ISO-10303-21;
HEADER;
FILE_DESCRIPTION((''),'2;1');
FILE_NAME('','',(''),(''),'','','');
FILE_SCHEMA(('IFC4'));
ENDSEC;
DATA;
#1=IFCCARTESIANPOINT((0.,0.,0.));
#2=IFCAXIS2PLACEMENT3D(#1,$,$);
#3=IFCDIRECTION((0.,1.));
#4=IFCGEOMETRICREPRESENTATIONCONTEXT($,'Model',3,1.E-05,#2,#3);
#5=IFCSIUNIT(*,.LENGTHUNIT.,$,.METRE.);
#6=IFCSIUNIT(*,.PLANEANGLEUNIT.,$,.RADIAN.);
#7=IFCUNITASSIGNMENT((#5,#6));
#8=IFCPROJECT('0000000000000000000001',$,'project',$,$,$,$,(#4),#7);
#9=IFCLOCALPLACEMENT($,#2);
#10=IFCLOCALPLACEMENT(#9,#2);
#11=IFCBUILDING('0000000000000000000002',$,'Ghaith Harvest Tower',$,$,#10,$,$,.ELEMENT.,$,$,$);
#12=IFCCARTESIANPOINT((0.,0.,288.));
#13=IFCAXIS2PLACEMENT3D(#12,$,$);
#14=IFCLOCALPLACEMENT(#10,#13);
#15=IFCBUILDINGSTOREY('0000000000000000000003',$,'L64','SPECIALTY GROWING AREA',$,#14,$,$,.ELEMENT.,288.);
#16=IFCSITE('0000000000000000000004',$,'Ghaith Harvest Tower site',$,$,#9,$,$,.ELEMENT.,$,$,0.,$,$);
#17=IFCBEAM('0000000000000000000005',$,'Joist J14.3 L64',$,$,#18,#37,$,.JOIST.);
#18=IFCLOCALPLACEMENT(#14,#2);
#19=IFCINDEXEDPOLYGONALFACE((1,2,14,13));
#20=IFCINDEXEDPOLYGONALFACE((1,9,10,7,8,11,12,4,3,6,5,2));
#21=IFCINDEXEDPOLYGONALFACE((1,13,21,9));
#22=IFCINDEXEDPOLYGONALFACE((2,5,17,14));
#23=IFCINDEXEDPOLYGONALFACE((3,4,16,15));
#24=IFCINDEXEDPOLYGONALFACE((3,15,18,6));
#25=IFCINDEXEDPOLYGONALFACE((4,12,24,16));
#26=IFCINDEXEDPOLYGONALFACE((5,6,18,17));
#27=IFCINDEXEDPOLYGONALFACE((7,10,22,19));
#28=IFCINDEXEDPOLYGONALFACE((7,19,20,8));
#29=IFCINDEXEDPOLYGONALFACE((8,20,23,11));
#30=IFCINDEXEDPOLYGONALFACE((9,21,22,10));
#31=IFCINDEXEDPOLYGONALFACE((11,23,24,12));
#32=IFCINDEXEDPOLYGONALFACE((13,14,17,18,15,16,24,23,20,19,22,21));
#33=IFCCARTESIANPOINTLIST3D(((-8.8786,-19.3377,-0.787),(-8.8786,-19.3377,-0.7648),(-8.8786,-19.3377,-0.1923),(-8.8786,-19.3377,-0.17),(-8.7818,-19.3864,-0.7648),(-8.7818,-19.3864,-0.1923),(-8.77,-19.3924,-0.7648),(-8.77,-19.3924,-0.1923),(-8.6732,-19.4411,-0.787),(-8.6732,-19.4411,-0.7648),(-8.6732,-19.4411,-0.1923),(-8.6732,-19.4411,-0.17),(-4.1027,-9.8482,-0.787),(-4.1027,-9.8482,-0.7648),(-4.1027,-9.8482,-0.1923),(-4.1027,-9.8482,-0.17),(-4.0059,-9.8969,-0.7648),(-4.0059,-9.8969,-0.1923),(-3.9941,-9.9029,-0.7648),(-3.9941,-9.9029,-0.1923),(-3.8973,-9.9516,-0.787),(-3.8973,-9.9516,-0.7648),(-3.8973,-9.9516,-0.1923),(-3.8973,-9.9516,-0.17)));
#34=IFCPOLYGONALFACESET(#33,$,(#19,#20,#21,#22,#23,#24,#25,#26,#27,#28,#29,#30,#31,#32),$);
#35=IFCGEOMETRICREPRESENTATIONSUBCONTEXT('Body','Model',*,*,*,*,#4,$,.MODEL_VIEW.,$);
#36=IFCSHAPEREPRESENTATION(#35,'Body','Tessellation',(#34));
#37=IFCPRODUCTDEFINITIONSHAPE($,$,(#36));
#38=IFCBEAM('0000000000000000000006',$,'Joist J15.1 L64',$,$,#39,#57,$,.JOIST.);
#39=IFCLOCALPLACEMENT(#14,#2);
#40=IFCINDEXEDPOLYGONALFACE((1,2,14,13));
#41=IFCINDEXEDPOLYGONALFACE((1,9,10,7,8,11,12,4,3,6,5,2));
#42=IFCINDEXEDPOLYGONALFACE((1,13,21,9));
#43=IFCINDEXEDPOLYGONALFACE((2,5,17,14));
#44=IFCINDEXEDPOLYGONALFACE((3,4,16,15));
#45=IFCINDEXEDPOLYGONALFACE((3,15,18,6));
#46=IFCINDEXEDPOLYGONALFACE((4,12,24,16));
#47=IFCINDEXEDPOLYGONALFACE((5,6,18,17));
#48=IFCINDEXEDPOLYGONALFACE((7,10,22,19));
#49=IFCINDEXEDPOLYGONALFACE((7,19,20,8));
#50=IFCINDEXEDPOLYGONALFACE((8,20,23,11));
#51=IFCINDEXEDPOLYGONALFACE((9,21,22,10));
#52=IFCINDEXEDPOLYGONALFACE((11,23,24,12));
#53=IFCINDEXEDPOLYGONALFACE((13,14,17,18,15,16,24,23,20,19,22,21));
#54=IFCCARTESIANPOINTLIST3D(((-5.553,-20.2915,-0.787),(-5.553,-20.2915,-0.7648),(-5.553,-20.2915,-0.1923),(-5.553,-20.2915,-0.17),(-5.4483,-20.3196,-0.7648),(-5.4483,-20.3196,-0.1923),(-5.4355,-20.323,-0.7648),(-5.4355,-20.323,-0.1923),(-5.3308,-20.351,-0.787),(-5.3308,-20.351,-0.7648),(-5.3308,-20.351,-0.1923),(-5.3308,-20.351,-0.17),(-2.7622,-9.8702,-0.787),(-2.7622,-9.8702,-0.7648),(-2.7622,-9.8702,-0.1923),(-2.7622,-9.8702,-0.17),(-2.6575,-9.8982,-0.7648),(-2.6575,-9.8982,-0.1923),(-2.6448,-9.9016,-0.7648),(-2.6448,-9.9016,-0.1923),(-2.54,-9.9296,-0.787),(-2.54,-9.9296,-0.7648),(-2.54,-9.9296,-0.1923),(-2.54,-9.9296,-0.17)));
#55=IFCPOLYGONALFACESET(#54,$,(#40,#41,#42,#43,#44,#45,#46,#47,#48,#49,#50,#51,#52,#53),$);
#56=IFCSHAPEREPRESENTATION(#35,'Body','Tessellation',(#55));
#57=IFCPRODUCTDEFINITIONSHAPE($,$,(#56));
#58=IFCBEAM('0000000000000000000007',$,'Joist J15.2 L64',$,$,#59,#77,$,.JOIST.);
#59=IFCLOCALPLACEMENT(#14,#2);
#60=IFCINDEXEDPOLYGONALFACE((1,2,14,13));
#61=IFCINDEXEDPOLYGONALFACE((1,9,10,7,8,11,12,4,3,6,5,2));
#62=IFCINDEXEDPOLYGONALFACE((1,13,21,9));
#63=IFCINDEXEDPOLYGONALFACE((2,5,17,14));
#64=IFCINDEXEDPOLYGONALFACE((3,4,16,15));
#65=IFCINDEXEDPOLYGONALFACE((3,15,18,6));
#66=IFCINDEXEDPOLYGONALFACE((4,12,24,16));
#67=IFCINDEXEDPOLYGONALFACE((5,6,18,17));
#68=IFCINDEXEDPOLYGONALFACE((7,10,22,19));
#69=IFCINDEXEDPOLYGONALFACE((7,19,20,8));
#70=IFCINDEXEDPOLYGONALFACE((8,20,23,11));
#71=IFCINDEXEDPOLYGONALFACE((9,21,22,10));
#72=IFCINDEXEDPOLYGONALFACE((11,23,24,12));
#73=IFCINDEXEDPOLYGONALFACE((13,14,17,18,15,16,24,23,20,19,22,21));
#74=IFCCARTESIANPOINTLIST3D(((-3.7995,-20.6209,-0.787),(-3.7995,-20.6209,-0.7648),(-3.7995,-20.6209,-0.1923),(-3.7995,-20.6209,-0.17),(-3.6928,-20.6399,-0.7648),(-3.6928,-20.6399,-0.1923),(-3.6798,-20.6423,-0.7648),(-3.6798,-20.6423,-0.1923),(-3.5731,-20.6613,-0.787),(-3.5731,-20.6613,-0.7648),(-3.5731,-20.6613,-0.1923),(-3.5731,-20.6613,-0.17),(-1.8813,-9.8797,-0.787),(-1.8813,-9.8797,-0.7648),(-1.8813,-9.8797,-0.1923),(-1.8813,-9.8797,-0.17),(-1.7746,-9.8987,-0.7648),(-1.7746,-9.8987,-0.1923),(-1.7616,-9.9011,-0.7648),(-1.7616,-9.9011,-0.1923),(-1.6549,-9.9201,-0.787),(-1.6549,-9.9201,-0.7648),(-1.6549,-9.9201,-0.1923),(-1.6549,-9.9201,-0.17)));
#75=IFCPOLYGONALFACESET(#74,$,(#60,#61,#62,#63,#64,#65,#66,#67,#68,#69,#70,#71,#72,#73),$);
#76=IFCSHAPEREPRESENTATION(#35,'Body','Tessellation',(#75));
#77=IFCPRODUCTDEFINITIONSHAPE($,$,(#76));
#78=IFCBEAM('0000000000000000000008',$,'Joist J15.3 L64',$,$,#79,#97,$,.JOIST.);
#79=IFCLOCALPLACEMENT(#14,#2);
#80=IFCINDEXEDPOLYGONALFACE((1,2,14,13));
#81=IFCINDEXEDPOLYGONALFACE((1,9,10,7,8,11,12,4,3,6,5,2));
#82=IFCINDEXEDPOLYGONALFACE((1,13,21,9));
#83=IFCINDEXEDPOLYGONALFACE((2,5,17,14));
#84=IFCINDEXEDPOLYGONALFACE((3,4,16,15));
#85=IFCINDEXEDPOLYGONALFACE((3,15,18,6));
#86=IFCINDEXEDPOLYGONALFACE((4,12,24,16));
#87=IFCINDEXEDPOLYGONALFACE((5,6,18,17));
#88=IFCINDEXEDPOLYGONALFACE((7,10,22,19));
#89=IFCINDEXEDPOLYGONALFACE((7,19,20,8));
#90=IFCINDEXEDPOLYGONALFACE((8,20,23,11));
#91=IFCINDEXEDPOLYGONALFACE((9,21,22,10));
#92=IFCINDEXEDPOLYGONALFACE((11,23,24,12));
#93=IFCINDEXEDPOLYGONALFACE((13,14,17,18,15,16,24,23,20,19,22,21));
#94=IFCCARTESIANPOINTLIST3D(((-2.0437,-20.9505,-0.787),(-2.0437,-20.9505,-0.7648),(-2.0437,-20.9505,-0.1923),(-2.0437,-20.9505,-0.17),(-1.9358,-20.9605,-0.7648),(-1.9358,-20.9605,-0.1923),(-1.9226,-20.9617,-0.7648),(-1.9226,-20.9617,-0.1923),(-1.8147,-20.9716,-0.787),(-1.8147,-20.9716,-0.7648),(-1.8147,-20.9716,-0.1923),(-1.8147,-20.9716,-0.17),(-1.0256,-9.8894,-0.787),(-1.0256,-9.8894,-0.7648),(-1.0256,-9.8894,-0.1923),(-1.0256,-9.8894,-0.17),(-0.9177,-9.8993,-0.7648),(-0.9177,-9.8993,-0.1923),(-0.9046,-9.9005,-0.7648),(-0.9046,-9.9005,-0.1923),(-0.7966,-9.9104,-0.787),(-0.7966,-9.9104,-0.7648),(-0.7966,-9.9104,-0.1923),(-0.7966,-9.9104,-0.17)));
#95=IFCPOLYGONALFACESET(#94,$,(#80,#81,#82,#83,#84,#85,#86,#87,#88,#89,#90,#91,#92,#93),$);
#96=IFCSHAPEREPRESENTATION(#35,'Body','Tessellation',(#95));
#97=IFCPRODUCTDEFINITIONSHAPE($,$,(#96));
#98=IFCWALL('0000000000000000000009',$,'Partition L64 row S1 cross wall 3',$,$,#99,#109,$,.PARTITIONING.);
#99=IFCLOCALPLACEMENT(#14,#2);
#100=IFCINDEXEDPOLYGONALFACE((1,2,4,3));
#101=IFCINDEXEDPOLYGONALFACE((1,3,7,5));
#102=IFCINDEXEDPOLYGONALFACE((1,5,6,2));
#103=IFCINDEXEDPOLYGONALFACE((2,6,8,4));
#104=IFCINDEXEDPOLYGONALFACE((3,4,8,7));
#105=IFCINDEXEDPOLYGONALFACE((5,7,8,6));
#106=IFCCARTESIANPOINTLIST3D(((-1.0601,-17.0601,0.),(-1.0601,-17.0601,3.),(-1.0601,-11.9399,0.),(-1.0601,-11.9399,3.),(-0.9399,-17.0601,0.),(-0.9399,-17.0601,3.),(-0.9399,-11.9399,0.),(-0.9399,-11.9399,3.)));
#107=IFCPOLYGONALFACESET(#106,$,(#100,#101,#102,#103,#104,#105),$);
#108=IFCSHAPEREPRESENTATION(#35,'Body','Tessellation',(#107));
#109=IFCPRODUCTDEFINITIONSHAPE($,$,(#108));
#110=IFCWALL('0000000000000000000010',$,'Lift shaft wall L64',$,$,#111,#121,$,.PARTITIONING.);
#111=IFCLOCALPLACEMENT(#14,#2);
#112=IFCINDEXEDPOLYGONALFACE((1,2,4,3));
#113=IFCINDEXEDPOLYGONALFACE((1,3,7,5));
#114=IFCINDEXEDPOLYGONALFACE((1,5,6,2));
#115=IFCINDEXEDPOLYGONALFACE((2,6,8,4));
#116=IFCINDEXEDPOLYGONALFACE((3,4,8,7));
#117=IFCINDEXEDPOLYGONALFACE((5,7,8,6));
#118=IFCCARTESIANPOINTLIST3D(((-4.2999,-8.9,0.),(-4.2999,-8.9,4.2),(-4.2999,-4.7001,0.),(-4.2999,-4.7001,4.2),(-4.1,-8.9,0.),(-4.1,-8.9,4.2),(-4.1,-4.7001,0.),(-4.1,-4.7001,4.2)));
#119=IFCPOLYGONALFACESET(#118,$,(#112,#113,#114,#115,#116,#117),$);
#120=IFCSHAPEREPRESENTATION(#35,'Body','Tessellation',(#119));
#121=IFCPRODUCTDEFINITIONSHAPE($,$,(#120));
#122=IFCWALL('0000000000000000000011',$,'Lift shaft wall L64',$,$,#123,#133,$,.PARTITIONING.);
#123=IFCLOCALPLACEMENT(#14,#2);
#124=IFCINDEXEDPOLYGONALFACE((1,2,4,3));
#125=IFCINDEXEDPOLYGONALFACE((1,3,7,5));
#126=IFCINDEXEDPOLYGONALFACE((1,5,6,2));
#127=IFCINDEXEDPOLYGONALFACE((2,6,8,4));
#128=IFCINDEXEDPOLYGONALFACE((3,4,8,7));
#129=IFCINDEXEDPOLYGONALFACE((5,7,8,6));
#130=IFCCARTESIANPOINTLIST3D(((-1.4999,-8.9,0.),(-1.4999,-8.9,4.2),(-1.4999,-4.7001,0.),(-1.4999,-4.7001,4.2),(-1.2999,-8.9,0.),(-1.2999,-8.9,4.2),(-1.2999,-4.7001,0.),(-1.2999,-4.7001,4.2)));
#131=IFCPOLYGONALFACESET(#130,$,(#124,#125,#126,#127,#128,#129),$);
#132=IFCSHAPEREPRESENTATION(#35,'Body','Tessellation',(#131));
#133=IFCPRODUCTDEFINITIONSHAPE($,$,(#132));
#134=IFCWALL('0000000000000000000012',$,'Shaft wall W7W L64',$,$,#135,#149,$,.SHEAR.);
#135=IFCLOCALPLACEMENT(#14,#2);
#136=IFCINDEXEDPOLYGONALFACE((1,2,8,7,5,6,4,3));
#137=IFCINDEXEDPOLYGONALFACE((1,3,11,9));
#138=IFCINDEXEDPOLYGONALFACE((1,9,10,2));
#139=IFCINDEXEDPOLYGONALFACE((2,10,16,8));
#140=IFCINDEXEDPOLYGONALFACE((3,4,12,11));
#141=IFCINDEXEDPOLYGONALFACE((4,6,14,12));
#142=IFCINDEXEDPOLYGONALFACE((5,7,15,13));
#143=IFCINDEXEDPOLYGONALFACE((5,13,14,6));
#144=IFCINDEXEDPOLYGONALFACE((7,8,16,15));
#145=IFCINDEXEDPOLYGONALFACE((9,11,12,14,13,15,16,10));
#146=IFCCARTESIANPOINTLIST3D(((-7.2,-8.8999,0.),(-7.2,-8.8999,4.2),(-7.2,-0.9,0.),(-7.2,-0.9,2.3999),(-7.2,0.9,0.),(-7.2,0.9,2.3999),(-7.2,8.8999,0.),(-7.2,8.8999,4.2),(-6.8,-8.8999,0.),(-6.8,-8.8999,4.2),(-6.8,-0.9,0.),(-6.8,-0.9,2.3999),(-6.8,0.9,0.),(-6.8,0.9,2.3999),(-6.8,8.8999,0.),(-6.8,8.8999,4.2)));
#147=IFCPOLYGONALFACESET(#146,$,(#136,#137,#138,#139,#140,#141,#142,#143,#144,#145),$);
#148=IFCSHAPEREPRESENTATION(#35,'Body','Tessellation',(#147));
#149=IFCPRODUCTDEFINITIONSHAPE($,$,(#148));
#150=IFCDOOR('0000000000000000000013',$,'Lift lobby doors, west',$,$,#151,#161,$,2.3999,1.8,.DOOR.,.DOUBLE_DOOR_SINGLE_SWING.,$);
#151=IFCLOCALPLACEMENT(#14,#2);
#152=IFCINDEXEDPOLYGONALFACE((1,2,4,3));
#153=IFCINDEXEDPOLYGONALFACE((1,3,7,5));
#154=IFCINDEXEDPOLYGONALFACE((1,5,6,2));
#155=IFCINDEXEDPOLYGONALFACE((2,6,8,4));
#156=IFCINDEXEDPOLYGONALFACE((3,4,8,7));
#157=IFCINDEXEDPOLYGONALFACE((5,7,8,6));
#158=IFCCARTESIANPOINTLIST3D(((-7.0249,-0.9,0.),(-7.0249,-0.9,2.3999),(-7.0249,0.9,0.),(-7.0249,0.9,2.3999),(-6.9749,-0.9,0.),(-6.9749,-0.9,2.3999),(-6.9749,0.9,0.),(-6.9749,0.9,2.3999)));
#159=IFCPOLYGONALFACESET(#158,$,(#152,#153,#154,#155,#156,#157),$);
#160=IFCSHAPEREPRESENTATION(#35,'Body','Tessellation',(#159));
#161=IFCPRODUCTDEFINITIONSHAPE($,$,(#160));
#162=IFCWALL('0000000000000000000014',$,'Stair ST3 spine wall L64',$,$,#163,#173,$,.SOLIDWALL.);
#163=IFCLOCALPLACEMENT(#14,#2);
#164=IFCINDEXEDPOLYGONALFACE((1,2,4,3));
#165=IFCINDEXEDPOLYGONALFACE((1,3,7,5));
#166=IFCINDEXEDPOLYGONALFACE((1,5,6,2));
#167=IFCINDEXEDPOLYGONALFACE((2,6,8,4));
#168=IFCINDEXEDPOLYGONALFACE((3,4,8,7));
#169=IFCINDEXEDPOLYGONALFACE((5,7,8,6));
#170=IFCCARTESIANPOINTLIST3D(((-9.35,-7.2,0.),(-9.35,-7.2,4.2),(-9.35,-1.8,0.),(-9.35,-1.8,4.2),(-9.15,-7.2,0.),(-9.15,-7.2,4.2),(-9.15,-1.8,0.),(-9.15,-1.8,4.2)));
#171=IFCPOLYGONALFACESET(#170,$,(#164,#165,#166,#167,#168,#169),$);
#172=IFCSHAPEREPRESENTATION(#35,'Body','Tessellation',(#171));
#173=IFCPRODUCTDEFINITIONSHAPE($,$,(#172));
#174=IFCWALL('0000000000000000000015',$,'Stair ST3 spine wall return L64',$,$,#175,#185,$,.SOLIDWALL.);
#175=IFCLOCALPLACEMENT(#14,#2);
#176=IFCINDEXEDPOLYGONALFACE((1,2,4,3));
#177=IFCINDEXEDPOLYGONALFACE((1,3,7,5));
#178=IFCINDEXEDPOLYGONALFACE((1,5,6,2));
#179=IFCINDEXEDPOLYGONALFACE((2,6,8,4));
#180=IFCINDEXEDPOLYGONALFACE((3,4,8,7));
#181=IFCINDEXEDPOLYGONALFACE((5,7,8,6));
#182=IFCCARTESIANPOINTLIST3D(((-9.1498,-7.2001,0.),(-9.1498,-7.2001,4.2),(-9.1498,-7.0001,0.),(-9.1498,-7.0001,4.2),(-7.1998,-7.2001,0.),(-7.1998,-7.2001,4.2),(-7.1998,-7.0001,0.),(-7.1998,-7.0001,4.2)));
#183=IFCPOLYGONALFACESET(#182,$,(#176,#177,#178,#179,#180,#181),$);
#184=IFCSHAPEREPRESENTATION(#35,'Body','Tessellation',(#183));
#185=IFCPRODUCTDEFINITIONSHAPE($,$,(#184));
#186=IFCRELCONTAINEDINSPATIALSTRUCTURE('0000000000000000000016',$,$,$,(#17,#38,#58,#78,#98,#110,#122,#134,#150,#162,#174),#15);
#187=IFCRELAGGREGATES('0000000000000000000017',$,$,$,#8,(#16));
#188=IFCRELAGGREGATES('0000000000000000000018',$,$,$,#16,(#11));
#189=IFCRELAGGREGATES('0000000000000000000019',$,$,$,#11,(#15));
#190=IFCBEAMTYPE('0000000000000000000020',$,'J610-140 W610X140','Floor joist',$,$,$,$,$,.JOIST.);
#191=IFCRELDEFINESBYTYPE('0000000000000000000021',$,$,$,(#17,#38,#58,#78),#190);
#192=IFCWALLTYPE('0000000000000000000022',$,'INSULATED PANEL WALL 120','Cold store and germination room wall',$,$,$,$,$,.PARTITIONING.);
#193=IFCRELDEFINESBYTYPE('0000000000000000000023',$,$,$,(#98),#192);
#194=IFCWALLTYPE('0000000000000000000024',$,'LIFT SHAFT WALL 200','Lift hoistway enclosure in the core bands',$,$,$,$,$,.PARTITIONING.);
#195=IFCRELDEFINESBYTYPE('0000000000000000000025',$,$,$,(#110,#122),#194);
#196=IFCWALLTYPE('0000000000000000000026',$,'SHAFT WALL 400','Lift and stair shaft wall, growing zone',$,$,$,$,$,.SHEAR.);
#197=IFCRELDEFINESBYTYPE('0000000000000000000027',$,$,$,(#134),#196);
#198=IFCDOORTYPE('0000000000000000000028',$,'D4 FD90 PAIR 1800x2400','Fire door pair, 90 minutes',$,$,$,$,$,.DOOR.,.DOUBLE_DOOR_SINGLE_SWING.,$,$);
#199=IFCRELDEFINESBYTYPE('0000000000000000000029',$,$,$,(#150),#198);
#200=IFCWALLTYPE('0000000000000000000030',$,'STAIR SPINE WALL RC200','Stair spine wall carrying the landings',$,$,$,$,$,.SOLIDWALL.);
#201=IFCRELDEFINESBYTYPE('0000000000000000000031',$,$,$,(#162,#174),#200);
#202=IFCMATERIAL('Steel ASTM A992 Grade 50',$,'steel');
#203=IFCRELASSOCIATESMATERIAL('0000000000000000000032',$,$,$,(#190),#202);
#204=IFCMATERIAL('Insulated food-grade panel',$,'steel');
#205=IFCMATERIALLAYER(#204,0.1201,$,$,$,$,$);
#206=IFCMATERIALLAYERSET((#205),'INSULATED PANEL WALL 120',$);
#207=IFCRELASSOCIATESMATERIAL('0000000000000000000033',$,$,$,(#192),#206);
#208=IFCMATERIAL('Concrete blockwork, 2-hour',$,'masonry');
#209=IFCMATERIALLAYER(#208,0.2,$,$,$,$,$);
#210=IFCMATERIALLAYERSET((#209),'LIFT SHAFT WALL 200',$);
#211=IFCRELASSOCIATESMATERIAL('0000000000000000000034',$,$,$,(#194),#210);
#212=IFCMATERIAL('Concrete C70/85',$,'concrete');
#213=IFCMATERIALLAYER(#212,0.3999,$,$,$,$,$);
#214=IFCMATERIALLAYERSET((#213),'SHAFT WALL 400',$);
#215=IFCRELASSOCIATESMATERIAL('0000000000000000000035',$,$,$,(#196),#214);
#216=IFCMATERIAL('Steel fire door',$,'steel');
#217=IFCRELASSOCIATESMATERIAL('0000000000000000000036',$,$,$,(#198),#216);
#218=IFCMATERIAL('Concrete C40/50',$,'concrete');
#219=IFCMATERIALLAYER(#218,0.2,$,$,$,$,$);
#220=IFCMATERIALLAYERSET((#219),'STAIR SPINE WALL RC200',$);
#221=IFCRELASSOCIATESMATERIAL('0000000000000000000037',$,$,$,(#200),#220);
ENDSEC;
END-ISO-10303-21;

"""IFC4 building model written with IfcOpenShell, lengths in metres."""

from ifc_helpers import new_model, si_unit, direction, frame, frame_2d, origin, origin_2d, place, context, subcontext, project, spatial, rectangle, i_section, extrude, material, layer, layer_set, material_profile, profile_set, type_object, element, fill, save


model = new_model("IFC4")

# Units and contexts
model_context = context("Model", 3, precision=1e-05, world=origin(), true_north=direction((0.0, 1.0)))
body_context = subcontext(model_context, "Body", "Model", "MODEL_VIEW")
ifc_project = project(units=[si_unit("LENGTHUNIT", "METRE"), si_unit("PLANEANGLEUNIT", "RADIAN")], contexts=[model_context])

# Site, building, storey
site_placement = place(None, origin())
site = spatial("IfcSite", under=ifc_project, at=site_placement, Name="Ghaith Harvest Tower site", CompositionType="ELEMENT", RefElevation=0.0)
building_placement = place(site_placement, origin())
building = spatial("IfcBuilding", under=site, at=building_placement, Name="Ghaith Harvest Tower", CompositionType="ELEMENT")
storey_placement = place(building_placement, frame((0.0, 0.0, 288.0)))
storey = spatial("IfcBuildingStorey", under=building, at=storey_placement, Name="L64", Description="SPECIALTY GROWING AREA", CompositionType="ELEMENT", Elevation=288.0)

# Beams
ifc_material_1 = material(Name="Steel ASTM A992 Grade 50", Category="steel")
ifc_material_profile_1 = material_profile(ifc_material_1, i_section(OverallWidth=0.23, OverallDepth=0.6169, WebThickness=0.0132, FlangeThickness=0.0222, at=origin_2d()), Name="W610X140")
ifc_profile_set_1 = profile_set([ifc_material_profile_1], Name="Steel ASTM A992 Grade 50")
beam_type_1 = type_object("IfcBeamType", Name="J610-140 W610X140", Description="Floor joist", PredefinedType="JOIST", material=ifc_profile_set_1)
beam_1_placement = place(storey_placement, frame((-4.0, -9.8999, -0.4785), z_axis=(-0.449556, -0.893252, 0.0), x_axis=(0.893252, -0.449556, 0.0)))
element("IfcBeam", 1, at=beam_1_placement, inside=storey, type_object=beam_type_1, Name="Joist J14.3 L64", PredefinedType="JOIST", context=body_context, shape_type="SweptSolid", body=[
    extrude(i_section(OverallWidth=0.23, OverallDepth=0.6169, WebThickness=0.0132, FlangeThickness=0.0222, at=origin_2d()), origin(), (0.0, 0.0, 1.0), 10.6235),
])
beam_2_placement = place(storey_placement, frame((-2.6511, -9.8999, -0.4785), z_axis=(-0.258678, -0.965964, 0.0), x_axis=(0.965964, -0.258678, 0.0)))
element("IfcBeam", 2, at=beam_2_placement, inside=storey, type_object=beam_type_1, Name="Joist J15.1 L64", PredefinedType="JOIST", context=body_context, shape_type="SweptSolid", body=[
    extrude(i_section(OverallWidth=0.23, OverallDepth=0.6169, WebThickness=0.0132, FlangeThickness=0.0222, at=origin_2d()), origin(), (0.0, 0.0, 1.0), 10.7886),
])
beam_3_placement = place(storey_placement, frame((-1.7681, -9.8999, -0.4785), z_axis=(-0.175803, -0.984425, 0.0), x_axis=(0.984425, -0.175803, 0.0)))
element("IfcBeam", 3, at=beam_3_placement, inside=storey, type_object=beam_type_1, Name="Joist J15.2 L64", PredefinedType="JOIST", context=body_context, shape_type="SweptSolid", body=[
    extrude(i_section(OverallWidth=0.23, OverallDepth=0.6169, WebThickness=0.0132, FlangeThickness=0.0222, at=origin_2d()), origin(), (0.0, 0.0, 1.0), 10.9111),
])
beam_4_placement = place(storey_placement, frame((-0.9111, -9.8999, -0.4785), z_axis=(-0.091651, -0.995791, 0.0), x_axis=(0.995791, -0.091651, 0.0)))
element("IfcBeam", 4, at=beam_4_placement, inside=storey, type_object=beam_type_1, Name="Joist J15.3 L64", PredefinedType="JOIST", context=body_context, shape_type="SweptSolid", body=[
    extrude(i_section(OverallWidth=0.23, OverallDepth=0.6169, WebThickness=0.0132, FlangeThickness=0.0222, at=origin_2d()), origin(), (0.0, 0.0, 1.0), 11.1079),
])

# Walls
ifc_material_2 = material(Name="Insulated food-grade panel", Category="steel")
ifc_layer_1 = layer(ifc_material_2, 0.1201)
ifc_layer_set_1 = layer_set([ifc_layer_1], Name="INSULATED PANEL WALL 120")
wall_type_1 = type_object("IfcWallType", Name="INSULATED PANEL WALL 120", Description="Cold store and germination room wall", PredefinedType="PARTITIONING", material=ifc_layer_set_1)
wall_1_placement = place(storey_placement, frame((-1.0, -11.9399, 0.0), z_axis=(0.0, 0.0, 1.0), x_axis=(0.0, -1.0, 0.0)))
element("IfcWall", 5, at=wall_1_placement, inside=storey, type_object=wall_type_1, Name="Partition L64 row S1 cross wall 3", PredefinedType="PARTITIONING", context=body_context, shape_type="SweptSolid", body=[
    extrude(rectangle(XDim=5.1201, YDim=0.1201, at=frame_2d((2.5601, 0.0))), origin(), (0.0, 0.0, 1.0), 3.0),
])
ifc_material_3 = material(Name="Concrete blockwork, 2-hour", Category="masonry")
ifc_layer_2 = layer(ifc_material_3, 0.2)
ifc_layer_set_2 = layer_set([ifc_layer_2], Name="LIFT SHAFT WALL 200")
wall_type_2 = type_object("IfcWallType", Name="LIFT SHAFT WALL 200", Description="Lift hoistway enclosure in the core bands", PredefinedType="PARTITIONING", material=ifc_layer_set_2)
for number, where, z_axis, x_axis, name in (
    (6, (-4.2, -4.7, 0.0), (0.0, 0.0, 1.0), (0.0, -1.0, 0.0), "Lift shaft wall L64"),
    (7, (-1.3999, -4.7, 0.0), (0.0, 0.0, 1.0), (0.0, -1.0, 0.0), "Lift shaft wall L64"),
):
    element("IfcWall", number, at=place(storey_placement, frame(where, z_axis=z_axis, x_axis=x_axis)), inside=storey, type_object=wall_type_2, Name=name, PredefinedType="PARTITIONING", context=body_context, shape_type="SweptSolid", body=[
        extrude(rectangle(XDim=4.2, YDim=0.2, at=frame_2d((2.1001, 0.0))), origin(), (0.0, 0.0, 1.0), 4.2),
    ])

# Wall, opening, door
ifc_material_4 = material(Name="Concrete C70/85", Category="concrete")
ifc_layer_3 = layer(ifc_material_4, 0.3999)
ifc_layer_set_3 = layer_set([ifc_layer_3], Name="SHAFT WALL 400")
wall_type_3 = type_object("IfcWallType", Name="SHAFT WALL 400", Description="Lift and stair shaft wall, growing zone", PredefinedType="SHEAR", material=ifc_layer_set_3)
wall_2_placement = place(storey_placement, frame((-7.0, -8.8999, 0.0), z_axis=(0.0, 0.0, 1.0), x_axis=(0.0, 1.0, 0.0)))
wall_2 = element("IfcWall", 8, at=wall_2_placement, inside=storey, type_object=wall_type_3, Name="Shaft wall W7W L64", PredefinedType="SHEAR", context=body_context, shape_type="SweptSolid", body=[
    extrude(rectangle(XDim=17.7998, YDim=0.3999, at=frame_2d((8.8999, 0.0))), origin(), (0.0, 0.0, 1.0), 4.2),
])
opening_1_placement = place(wall_2_placement, frame((8.0, 0.0, 0.0)))
opening_1 = element("IfcOpeningElement", 9, at=opening_1_placement, cuts=wall_2, PredefinedType="OPENING", context=body_context, shape_type="SweptSolid", body=[
    extrude(rectangle(XDim=1.8, YDim=2.3999, at=frame_2d((0.8999, 1.2))), frame((0.0, 0.21, 0.0), z_axis=(0.0, -1.0, 0.0), x_axis=(1.0, 0.0, 0.0)), (0.0, 0.0, 1.0), 0.4199),
])
ifc_material_5 = material(Name="Steel fire door", Category="steel")
door_type_1 = type_object("IfcDoorType", Name="D4 FD90 PAIR 1800x2400", Description="Fire door pair, 90 minutes", OperationType="DOUBLE_DOOR_SINGLE_SWING", PredefinedType="DOOR", material=ifc_material_5)
door_1_placement = place(opening_1_placement, origin())
door_1 = element("IfcDoor", 10, at=door_1_placement, inside=storey, type_object=door_type_1, Name="Lift lobby doors, west", OperationType="DOUBLE_DOOR_SINGLE_SWING", OverallHeight=2.3999, OverallWidth=1.8, PredefinedType="DOOR", context=body_context, shape_type="SweptSolid", body=[
    extrude(rectangle(XDim=1.8, YDim=2.3999, at=frame_2d((0.8999, 1.2))), frame((0.0, 0.0249, 0.0), z_axis=(0.0, -1.0, 0.0), x_axis=(1.0, 0.0, 0.0)), (0.0, 0.0, 1.0), 0.05),
])
fill(opening_1, door_1)

# Walls
ifc_material_6 = material(Name="Concrete C40/50", Category="concrete")
ifc_layer_4 = layer(ifc_material_6, 0.2)
ifc_layer_set_4 = layer_set([ifc_layer_4], Name="STAIR SPINE WALL RC200")
wall_type_4 = type_object("IfcWallType", Name="STAIR SPINE WALL RC200", Description="Stair spine wall carrying the landings", PredefinedType="SOLIDWALL", material=ifc_layer_set_4)
wall_3_placement = place(storey_placement, frame((-9.25, -7.2, 0.0), z_axis=(0.0, 0.0, 1.0), x_axis=(0.0, 1.0, 0.0)))
element("IfcWall", 11, at=wall_3_placement, inside=storey, type_object=wall_type_4, Name="Stair ST3 spine wall L64", PredefinedType="SOLIDWALL", context=body_context, shape_type="SweptSolid", body=[
    extrude(rectangle(XDim=5.3999, YDim=0.2, at=frame_2d((2.7, 0.0))), origin(), (0.0, 0.0, 1.0), 4.2),
])
wall_4_placement = place(storey_placement, frame((-9.1499, -7.1001, 0.0), z_axis=(0.0, 0.0, 1.0), x_axis=(1.0, 0.0, 0.0)))
element("IfcWall", 12, at=wall_4_placement, inside=storey, type_object=wall_type_4, Name="Stair ST3 spine wall return L64", PredefinedType="SOLIDWALL", context=body_context, shape_type="SweptSolid", body=[
    extrude(rectangle(XDim=1.95, YDim=0.2, at=frame_2d((0.9751, 0.0))), origin(), (0.0, 0.0, 1.0), 4.2),
])

save(model, "model.ifc")
